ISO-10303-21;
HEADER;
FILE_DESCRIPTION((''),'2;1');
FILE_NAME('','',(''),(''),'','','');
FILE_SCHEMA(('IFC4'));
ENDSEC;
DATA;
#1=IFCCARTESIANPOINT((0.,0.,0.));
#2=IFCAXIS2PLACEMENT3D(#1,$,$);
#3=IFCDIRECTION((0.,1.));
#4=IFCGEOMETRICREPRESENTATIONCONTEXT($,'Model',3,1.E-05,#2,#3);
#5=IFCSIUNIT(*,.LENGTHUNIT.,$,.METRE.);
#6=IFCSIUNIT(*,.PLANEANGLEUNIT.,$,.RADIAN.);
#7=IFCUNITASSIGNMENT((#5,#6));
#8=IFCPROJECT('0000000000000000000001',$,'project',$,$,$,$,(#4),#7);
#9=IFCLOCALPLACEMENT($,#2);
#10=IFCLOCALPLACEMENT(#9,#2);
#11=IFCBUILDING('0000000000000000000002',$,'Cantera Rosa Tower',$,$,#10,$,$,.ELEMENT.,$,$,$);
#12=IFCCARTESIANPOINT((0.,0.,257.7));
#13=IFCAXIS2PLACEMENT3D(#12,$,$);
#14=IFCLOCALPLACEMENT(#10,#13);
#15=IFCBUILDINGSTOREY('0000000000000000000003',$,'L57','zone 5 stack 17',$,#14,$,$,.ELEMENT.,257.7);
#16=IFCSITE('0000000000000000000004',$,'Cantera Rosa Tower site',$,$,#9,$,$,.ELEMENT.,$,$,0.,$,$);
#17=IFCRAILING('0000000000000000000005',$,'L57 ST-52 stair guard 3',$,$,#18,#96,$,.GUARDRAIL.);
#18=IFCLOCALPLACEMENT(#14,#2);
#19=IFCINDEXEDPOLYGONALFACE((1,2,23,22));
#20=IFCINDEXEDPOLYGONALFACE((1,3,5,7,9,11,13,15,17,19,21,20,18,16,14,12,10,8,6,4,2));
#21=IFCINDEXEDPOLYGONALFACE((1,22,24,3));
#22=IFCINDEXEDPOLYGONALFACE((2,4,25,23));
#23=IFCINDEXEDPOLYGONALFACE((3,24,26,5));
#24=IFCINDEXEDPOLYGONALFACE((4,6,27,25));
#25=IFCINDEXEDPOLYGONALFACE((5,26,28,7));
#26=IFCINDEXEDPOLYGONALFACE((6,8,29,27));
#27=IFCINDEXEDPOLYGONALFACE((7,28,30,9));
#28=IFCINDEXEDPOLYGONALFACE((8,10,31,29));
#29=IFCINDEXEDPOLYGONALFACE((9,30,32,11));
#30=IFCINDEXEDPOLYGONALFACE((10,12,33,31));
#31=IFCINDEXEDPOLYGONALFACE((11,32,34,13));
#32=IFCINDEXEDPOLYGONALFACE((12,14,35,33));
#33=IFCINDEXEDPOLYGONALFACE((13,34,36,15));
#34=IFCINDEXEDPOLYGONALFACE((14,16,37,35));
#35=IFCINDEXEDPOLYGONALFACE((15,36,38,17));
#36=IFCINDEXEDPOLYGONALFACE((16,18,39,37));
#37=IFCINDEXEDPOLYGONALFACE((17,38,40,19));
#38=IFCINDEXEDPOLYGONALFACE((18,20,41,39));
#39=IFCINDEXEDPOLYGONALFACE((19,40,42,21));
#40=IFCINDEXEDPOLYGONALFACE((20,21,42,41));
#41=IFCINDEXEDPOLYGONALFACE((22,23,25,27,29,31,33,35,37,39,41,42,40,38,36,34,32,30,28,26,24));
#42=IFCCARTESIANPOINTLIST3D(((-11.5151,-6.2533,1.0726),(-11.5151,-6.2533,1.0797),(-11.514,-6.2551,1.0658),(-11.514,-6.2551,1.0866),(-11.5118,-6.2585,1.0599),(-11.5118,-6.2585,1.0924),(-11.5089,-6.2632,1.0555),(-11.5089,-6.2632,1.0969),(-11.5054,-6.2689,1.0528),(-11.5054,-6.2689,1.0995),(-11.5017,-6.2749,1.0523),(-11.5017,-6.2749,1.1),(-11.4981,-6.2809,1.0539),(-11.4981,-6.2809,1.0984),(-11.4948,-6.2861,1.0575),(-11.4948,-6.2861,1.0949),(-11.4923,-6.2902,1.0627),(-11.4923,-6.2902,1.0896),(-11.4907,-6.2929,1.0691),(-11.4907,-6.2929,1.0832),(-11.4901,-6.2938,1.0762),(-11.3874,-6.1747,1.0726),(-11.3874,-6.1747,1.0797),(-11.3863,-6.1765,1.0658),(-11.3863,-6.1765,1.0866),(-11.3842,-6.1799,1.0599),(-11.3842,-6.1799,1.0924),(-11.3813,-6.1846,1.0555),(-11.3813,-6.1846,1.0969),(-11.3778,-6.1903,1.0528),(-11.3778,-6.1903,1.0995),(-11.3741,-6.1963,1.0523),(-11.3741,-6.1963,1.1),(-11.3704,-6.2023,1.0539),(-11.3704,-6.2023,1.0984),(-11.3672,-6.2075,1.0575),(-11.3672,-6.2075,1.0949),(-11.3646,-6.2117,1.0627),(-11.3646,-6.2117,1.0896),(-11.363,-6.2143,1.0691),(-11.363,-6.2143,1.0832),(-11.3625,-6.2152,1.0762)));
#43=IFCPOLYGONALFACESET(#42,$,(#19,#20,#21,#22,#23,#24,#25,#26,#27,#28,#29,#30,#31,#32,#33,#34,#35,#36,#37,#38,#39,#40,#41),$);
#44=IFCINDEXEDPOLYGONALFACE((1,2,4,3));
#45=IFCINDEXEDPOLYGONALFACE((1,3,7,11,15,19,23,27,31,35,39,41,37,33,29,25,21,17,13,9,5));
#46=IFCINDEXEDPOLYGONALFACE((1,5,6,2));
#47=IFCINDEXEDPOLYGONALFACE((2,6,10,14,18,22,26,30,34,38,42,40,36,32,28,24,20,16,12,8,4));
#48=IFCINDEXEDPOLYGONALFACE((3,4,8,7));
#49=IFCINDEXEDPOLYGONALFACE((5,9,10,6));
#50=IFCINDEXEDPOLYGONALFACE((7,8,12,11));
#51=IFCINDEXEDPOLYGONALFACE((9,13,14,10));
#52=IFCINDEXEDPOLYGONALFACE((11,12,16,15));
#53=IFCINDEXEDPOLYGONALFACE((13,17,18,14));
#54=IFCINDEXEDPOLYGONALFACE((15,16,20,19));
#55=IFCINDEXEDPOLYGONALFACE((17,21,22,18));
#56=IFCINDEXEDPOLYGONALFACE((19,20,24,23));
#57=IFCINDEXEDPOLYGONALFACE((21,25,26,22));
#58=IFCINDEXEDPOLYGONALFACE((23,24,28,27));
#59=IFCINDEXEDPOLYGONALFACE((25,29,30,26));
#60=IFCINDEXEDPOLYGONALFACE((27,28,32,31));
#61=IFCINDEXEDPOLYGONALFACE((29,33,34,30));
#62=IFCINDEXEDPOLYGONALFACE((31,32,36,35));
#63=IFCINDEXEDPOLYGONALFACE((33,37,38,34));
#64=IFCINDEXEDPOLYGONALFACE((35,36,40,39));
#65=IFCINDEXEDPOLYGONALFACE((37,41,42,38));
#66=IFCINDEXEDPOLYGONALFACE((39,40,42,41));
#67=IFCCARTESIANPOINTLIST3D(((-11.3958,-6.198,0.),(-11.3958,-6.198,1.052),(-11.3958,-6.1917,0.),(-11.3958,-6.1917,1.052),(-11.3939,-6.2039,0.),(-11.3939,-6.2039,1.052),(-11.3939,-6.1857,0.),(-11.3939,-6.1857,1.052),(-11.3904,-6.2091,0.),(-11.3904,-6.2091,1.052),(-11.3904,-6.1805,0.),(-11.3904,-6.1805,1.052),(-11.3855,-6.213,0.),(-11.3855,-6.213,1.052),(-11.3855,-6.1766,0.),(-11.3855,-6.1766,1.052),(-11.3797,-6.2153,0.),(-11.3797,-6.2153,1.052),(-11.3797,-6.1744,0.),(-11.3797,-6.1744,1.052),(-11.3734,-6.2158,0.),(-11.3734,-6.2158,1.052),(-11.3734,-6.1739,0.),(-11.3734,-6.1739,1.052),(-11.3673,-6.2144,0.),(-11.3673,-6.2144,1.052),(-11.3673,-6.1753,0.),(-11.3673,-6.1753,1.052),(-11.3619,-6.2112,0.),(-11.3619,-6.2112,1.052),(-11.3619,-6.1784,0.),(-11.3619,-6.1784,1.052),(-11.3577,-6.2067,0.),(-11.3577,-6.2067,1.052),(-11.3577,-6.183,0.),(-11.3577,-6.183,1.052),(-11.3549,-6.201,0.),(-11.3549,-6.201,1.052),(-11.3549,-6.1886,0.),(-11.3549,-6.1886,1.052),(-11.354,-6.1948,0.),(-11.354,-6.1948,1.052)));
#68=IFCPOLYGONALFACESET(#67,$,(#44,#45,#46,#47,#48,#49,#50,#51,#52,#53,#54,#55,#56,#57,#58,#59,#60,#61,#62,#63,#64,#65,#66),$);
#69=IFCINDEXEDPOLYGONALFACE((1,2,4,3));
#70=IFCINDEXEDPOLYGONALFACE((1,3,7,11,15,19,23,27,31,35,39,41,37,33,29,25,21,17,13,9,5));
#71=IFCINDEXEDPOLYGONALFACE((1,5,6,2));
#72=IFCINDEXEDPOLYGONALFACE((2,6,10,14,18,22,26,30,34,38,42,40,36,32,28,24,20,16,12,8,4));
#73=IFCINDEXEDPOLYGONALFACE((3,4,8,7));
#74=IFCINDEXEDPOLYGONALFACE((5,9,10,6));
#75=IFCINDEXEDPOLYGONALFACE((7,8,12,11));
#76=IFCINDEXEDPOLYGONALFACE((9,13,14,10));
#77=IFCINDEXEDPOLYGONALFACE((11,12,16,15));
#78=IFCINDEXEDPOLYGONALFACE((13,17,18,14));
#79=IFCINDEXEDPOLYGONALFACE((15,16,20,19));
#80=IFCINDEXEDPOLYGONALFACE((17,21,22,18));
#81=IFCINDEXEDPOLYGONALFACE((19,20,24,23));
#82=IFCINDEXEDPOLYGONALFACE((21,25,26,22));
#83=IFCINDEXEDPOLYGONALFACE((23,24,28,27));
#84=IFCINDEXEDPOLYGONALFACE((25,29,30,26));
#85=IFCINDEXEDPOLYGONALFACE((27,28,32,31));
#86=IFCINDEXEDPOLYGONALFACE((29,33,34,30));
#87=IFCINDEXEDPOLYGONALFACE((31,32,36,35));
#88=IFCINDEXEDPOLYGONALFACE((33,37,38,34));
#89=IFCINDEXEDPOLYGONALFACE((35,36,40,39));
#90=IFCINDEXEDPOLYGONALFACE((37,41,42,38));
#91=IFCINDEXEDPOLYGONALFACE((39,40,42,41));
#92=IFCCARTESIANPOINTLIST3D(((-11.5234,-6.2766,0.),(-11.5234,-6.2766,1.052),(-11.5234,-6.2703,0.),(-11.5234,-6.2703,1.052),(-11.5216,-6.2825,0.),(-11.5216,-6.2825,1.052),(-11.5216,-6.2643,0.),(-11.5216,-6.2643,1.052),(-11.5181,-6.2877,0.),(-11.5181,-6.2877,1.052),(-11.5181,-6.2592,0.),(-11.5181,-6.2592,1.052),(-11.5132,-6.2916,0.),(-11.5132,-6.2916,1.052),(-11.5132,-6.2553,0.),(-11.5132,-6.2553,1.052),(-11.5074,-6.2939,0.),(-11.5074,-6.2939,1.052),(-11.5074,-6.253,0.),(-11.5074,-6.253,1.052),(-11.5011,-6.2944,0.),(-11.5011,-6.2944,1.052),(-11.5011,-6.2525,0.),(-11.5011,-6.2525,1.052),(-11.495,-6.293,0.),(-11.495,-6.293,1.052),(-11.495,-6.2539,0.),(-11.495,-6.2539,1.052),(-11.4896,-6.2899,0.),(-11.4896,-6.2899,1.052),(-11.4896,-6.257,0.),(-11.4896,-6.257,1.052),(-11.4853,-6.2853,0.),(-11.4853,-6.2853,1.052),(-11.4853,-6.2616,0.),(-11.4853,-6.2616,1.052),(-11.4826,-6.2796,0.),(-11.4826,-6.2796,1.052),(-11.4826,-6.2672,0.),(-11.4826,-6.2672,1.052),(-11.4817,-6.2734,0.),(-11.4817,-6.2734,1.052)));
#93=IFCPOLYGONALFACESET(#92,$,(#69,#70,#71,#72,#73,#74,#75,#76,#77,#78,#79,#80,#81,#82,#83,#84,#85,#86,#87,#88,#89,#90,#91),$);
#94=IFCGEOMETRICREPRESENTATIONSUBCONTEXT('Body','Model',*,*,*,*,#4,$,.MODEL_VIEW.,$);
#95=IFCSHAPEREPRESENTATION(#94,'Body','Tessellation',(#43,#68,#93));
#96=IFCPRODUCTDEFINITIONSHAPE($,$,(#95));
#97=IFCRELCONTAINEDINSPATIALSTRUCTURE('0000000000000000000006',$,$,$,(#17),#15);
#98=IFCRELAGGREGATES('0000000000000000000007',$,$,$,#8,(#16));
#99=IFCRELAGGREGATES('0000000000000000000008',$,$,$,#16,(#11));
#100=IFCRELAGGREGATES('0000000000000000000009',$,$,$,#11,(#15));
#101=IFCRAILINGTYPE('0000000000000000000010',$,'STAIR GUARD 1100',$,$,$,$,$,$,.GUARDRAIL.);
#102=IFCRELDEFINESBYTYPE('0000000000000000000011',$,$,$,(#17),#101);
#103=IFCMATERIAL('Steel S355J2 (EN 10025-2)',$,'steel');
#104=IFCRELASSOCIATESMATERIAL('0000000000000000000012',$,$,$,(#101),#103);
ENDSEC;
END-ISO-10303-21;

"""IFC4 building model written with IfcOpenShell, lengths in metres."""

from ifc_helpers import new_model, si_unit, direction, frame, origin, origin_2d, place, context, subcontext, project, spatial, circle, extrude, material, type_object, element, save


model = new_model("IFC4")

# Units and contexts
model_context = context("Model", 3, precision=1e-05, world=origin(), true_north=direction((0.0, 1.0)))
body_context = subcontext(model_context, "Body", "Model", "MODEL_VIEW")
ifc_project = project(units=[si_unit("LENGTHUNIT", "METRE"), si_unit("PLANEANGLEUNIT", "RADIAN")], contexts=[model_context])

# Site, building, storey
site_placement = place(None, origin())
site = spatial("IfcSite", under=ifc_project, at=site_placement, Name="Cantera Rosa Tower site", CompositionType="ELEMENT", RefElevation=0.0)
building_placement = place(site_placement, origin())
building = spatial("IfcBuilding", under=site, at=building_placement, Name="Cantera Rosa Tower", CompositionType="ELEMENT")
storey_placement = place(building_placement, frame((0.0, 0.0, 257.7)))
storey = spatial("IfcBuildingStorey", under=building, at=storey_placement, Name="L57", Description="zone 5 stack 17", CompositionType="ELEMENT", Elevation=257.7)

# Railing
ifc_material_1 = material(Name="Steel S355J2 (EN 10025-2)", Category="steel")
railing_type_1 = type_object("IfcRailingType", Name="STAIR GUARD 1100", PredefinedType="GUARDRAIL", material=ifc_material_1)
railing_1_placement = place(storey_placement, frame((-11.375, -6.1948, 0.0)))
element("IfcRailing", 1, at=railing_1_placement, inside=storey, type_object=railing_type_1, Name="L57 ST-52 stair guard 3", PredefinedType="GUARDRAIL", context=body_context, shape_type="SweptSolid", body=[
    extrude(circle(Radius=0.0239, at=origin_2d()), frame((0.0, 0.0, 1.0762), z_axis=(-0.851546, -0.524279, 0.0), x_axis=(0.524279, -0.851546, 0.0)), (0.0, 0.0, 1.0), 0.1499),
    extrude(circle(Radius=0.021, at=origin_2d()), origin(), (0.0, 0.0, 1.0), 1.052),
    extrude(circle(Radius=0.021, at=origin_2d()), frame((-0.1277, -0.0786, 0.0)), (0.0, 0.0, 1.0), 1.052),
])

save(model, "model.ifc")
